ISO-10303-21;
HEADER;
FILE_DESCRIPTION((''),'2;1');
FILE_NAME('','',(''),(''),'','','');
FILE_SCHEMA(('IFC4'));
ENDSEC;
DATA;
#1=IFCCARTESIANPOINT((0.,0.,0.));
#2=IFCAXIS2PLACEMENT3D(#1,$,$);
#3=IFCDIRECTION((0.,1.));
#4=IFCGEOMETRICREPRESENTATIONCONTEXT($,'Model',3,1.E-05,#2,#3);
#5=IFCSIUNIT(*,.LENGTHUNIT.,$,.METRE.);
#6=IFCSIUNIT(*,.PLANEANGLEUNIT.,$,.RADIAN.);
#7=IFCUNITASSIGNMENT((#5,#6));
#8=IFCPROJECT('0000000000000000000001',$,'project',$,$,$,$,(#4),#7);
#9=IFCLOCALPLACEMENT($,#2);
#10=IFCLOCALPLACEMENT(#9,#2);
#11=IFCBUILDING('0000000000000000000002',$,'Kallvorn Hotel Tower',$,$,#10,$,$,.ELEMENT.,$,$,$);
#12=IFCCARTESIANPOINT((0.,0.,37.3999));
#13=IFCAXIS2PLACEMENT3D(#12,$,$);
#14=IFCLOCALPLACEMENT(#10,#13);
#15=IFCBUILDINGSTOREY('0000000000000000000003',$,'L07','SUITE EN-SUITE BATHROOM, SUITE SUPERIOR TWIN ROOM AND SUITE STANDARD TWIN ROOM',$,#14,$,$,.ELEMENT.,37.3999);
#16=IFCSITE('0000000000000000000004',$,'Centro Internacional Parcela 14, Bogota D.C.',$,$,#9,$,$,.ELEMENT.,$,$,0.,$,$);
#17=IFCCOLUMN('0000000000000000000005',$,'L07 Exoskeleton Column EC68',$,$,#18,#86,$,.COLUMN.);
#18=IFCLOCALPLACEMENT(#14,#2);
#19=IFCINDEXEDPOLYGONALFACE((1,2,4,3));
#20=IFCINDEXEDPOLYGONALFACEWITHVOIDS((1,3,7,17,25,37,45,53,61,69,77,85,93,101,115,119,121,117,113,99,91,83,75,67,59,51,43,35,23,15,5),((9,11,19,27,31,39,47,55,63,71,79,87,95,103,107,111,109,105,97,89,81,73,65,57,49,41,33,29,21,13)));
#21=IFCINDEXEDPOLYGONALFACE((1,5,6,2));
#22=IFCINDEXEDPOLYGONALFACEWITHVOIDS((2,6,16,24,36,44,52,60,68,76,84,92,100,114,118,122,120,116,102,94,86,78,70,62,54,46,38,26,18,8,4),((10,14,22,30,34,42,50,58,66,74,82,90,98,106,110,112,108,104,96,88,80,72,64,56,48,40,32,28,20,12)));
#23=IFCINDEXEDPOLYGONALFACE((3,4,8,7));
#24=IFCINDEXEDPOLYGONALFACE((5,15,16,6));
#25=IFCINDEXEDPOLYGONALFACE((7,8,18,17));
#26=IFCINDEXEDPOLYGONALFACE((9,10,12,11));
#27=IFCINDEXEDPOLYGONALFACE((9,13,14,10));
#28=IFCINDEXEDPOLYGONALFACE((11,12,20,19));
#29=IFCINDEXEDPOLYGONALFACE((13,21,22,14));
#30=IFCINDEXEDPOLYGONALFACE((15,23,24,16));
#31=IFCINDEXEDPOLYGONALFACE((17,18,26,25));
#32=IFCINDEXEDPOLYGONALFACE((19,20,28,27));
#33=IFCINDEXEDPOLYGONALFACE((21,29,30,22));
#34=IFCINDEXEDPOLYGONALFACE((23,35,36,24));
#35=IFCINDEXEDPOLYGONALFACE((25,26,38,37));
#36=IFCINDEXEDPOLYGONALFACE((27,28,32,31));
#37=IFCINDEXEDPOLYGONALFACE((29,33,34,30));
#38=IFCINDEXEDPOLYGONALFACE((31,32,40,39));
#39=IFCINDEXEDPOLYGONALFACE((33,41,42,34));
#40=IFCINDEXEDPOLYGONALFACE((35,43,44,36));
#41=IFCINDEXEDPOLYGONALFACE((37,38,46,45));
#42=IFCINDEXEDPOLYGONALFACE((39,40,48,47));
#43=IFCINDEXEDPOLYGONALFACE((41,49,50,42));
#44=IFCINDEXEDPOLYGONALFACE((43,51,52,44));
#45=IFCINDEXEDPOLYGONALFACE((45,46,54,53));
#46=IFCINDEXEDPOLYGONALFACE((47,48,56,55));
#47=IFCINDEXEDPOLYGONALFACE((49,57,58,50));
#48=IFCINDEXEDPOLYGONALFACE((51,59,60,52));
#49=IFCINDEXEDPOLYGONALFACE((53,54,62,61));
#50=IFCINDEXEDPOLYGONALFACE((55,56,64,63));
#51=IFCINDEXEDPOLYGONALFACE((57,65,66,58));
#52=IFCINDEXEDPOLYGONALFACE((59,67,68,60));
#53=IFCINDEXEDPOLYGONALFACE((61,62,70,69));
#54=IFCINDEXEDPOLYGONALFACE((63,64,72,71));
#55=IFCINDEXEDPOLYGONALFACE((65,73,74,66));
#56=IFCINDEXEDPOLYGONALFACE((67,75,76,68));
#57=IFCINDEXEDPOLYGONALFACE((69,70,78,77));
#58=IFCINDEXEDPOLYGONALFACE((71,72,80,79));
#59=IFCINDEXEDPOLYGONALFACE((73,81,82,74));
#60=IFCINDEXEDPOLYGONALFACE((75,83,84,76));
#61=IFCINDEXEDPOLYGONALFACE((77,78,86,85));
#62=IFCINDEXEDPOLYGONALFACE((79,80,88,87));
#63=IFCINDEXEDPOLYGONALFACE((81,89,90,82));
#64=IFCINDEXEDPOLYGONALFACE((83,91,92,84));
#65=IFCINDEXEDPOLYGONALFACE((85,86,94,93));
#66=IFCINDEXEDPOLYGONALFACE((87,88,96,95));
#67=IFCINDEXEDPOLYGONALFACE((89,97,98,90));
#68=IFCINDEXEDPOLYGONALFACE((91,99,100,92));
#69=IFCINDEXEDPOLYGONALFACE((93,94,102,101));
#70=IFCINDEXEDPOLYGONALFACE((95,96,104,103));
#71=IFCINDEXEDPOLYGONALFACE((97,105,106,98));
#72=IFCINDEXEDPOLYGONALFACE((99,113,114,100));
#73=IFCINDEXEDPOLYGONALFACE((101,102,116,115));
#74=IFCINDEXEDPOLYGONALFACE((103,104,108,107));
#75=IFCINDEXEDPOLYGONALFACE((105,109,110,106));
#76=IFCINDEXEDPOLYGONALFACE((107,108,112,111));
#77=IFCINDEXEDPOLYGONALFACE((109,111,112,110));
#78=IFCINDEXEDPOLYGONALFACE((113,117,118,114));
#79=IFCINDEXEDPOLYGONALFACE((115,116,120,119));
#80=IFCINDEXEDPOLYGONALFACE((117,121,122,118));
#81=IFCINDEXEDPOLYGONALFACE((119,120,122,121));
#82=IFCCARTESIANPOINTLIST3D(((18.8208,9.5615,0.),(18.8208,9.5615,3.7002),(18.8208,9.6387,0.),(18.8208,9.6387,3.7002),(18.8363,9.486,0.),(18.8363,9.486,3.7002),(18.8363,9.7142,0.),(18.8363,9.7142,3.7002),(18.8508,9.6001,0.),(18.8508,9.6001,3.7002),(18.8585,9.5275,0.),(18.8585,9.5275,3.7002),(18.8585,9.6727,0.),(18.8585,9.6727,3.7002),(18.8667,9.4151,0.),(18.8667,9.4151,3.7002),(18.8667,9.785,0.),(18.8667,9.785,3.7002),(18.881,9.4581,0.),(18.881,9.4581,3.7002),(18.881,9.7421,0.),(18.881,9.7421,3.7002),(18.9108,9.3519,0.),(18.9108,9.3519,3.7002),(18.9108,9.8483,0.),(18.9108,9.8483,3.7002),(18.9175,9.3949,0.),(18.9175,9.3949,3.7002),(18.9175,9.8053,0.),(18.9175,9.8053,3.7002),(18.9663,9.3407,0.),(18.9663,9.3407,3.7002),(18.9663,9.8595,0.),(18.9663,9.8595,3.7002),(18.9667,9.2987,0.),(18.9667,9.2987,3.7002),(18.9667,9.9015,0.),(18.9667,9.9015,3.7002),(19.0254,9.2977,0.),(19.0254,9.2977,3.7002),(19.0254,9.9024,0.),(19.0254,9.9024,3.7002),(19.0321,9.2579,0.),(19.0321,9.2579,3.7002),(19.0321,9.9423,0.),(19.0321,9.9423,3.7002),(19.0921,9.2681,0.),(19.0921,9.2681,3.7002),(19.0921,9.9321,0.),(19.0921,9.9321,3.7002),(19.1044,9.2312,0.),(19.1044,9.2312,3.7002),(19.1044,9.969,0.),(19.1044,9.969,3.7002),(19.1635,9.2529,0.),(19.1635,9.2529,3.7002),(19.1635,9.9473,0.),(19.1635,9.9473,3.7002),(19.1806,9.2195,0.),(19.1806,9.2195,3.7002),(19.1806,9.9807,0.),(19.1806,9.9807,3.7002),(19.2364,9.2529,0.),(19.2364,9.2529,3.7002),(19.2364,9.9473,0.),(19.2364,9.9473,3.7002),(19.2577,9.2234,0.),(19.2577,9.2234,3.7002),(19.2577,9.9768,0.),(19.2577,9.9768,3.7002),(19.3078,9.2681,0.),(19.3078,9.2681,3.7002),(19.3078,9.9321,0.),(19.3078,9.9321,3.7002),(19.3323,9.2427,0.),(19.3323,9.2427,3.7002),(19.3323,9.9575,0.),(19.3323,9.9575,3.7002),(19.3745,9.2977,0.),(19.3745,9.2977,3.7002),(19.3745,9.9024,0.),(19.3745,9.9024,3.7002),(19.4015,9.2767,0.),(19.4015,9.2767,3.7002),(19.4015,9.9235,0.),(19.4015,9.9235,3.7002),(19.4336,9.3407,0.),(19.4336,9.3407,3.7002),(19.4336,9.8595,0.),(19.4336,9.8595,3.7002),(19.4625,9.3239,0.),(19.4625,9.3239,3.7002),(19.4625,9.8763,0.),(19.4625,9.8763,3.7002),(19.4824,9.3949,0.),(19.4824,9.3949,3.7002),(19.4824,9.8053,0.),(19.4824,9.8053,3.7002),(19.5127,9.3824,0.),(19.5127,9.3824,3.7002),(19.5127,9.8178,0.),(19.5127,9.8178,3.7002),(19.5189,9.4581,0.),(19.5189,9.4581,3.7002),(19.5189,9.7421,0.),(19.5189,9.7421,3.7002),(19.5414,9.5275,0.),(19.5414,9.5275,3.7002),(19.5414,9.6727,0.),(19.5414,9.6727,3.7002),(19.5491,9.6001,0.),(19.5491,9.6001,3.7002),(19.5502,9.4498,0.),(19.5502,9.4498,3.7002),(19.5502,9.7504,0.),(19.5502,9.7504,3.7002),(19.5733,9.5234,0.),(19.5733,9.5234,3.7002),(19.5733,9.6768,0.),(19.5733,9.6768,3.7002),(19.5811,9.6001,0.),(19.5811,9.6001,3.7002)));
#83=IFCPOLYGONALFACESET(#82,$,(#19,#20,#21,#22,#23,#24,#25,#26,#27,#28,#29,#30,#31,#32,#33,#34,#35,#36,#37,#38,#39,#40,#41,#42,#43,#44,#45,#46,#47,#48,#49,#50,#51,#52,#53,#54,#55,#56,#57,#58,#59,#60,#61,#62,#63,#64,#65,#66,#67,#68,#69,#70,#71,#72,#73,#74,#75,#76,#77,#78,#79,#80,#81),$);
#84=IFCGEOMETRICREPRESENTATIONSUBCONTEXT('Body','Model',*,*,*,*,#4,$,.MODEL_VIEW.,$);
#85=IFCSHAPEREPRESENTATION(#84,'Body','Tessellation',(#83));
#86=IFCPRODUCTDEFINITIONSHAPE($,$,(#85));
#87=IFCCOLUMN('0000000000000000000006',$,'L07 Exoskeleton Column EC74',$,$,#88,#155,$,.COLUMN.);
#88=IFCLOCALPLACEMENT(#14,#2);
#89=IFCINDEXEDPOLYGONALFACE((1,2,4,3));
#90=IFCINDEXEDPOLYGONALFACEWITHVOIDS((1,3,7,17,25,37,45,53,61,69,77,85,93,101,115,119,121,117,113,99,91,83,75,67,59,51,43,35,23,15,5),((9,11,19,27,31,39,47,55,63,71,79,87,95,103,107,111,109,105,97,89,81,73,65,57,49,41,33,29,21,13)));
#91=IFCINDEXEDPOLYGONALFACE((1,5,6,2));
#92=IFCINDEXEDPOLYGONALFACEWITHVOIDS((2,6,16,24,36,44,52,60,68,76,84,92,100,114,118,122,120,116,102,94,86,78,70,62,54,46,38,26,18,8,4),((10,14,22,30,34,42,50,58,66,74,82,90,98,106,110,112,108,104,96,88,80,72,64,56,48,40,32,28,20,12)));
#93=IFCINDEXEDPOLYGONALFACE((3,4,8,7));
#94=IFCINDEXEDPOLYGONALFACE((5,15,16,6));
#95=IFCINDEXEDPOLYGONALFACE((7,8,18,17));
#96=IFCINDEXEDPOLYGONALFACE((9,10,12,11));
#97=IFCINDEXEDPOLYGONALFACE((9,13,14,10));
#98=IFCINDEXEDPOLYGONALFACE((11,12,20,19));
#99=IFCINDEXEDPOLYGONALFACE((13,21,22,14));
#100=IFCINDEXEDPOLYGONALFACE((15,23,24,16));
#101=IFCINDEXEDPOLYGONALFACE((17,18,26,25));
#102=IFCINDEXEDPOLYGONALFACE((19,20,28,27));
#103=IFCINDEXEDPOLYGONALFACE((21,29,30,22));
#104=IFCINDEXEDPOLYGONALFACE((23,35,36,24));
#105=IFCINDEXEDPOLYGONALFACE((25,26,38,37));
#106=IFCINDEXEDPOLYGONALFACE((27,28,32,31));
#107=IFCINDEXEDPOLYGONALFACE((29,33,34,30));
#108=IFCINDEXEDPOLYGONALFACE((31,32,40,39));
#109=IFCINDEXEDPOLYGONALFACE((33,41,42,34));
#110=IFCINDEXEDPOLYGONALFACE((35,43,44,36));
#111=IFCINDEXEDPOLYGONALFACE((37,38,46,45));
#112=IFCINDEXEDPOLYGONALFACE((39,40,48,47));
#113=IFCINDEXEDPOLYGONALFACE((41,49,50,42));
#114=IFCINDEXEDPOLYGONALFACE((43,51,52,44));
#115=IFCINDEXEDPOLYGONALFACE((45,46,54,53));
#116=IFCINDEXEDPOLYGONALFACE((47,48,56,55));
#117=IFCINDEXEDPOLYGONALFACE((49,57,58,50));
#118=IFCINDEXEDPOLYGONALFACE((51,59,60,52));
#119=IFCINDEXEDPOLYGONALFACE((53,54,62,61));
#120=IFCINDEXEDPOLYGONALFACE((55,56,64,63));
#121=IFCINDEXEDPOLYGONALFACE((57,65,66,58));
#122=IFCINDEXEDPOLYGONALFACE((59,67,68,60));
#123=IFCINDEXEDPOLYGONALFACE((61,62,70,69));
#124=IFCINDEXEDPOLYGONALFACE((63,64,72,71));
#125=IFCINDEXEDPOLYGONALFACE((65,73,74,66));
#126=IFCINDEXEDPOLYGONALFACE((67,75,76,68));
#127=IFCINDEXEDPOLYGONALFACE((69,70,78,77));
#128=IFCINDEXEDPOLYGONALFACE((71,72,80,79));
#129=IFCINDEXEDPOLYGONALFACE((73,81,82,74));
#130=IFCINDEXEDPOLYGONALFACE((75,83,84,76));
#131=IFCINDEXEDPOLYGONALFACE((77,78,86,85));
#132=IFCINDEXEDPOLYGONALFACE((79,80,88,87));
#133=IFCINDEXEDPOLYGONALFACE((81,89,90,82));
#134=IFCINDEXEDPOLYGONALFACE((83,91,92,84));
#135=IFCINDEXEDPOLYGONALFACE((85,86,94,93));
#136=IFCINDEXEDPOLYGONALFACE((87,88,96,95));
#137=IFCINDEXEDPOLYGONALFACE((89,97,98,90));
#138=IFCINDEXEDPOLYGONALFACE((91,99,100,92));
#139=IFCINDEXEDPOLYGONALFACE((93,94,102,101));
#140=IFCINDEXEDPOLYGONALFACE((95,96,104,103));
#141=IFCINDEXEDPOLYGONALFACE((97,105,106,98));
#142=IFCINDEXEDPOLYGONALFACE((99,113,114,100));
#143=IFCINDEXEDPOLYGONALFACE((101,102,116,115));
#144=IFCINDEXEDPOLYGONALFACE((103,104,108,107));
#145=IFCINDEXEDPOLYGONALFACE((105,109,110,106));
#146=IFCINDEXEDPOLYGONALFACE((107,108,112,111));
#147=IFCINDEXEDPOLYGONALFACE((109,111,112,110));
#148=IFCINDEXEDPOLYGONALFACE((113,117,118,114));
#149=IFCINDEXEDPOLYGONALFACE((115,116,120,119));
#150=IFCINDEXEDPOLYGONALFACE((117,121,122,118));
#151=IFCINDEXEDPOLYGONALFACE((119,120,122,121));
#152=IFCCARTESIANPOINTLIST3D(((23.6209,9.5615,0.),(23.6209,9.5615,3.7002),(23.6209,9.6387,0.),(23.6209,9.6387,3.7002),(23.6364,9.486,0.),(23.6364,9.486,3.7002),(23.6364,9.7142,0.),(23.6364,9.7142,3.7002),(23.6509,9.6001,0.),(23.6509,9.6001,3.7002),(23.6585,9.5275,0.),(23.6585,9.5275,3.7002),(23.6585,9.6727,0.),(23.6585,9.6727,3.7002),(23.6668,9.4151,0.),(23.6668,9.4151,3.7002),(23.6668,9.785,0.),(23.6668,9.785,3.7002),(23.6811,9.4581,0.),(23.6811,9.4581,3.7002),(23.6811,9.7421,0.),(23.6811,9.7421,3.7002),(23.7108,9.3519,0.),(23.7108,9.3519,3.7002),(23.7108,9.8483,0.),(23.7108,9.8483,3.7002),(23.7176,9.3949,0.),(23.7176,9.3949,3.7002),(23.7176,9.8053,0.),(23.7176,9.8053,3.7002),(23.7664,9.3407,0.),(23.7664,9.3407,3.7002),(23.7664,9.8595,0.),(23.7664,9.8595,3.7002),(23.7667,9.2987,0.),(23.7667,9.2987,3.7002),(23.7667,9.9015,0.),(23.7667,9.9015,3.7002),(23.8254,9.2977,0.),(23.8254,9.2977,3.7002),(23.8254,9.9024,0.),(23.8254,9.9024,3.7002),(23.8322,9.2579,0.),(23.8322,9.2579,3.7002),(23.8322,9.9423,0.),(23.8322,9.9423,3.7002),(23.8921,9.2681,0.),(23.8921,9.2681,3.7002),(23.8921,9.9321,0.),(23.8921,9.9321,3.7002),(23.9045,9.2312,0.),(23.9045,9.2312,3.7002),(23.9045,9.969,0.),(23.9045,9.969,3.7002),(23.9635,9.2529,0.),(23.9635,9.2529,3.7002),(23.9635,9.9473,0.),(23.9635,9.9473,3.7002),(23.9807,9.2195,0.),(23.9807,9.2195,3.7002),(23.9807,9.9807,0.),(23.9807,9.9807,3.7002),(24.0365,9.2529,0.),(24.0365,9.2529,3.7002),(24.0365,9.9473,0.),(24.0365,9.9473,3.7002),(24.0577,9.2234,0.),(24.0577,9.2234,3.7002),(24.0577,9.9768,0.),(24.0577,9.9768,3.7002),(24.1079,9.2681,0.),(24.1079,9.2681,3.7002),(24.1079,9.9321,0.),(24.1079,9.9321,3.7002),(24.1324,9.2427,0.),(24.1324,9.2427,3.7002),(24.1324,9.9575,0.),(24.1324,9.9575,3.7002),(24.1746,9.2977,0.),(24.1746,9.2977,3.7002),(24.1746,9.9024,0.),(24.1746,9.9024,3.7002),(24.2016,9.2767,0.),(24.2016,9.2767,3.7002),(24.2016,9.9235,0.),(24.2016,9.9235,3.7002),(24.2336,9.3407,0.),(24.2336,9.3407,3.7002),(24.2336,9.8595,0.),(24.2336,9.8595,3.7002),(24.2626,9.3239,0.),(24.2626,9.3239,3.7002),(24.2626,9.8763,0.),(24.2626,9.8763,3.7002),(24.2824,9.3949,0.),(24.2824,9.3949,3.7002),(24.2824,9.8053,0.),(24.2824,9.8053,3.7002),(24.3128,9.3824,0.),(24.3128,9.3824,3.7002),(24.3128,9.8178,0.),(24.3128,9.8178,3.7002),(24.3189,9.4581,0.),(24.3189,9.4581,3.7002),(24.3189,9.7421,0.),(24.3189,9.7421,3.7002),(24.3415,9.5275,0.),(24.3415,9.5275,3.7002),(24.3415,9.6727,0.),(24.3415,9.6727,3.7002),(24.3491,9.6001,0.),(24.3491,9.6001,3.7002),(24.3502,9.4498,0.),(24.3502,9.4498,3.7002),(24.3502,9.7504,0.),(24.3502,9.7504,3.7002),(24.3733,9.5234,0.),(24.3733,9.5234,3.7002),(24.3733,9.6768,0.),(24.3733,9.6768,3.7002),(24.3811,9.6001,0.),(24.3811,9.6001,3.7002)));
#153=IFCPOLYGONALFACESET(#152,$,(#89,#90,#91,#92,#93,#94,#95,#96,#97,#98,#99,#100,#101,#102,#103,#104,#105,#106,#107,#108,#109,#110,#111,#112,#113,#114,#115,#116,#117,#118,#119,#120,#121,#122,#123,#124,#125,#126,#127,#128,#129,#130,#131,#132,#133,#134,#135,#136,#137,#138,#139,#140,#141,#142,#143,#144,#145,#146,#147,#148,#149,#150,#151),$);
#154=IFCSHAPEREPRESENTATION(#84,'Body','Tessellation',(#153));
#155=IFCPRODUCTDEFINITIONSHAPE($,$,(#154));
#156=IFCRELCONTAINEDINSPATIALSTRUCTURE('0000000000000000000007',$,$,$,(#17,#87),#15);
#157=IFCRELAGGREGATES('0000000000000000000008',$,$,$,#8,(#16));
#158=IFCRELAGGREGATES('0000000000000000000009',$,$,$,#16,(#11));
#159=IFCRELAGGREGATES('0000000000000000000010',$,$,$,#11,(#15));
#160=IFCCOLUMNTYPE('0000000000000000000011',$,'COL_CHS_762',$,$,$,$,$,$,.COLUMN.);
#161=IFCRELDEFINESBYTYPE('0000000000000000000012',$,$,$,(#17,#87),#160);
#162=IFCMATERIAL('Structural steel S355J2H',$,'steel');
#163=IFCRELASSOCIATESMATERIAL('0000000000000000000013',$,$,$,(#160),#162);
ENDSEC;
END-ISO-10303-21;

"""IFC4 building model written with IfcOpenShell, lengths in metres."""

from ifc_helpers import new_model, si_unit, direction, frame, origin, origin_2d, place, context, subcontext, project, spatial, hollow_circle, extrude, material, material_profile, profile_set, type_object, element, save


model = new_model("IFC4")

# Units and contexts
model_context = context("Model", 3, precision=1e-05, world=origin(), true_north=direction((0.0, 1.0)))
body_context = subcontext(model_context, "Body", "Model", "MODEL_VIEW")
ifc_project = project(units=[si_unit("LENGTHUNIT", "METRE"), si_unit("PLANEANGLEUNIT", "RADIAN")], contexts=[model_context])

# Site, building, storey
site_placement = place(None, origin())
site = spatial("IfcSite", under=ifc_project, at=site_placement, Name="Centro Internacional Parcela 14, Bogota D.C.", CompositionType="ELEMENT", RefElevation=0.0)
building_placement = place(site_placement, origin())
building = spatial("IfcBuilding", under=site, at=building_placement, Name="Kallvorn Hotel Tower", CompositionType="ELEMENT")
storey_placement = place(building_placement, frame((0.0, 0.0, 37.3999)))
storey = spatial("IfcBuildingStorey", under=building, at=storey_placement, Name="L07", Description="SUITE EN-SUITE BATHROOM, SUITE SUPERIOR TWIN ROOM AND SUITE STANDARD TWIN ROOM", CompositionType="ELEMENT", Elevation=37.3999)

# Columns
ifc_material_1 = material(Name="Structural steel S355J2H", Category="steel")
ifc_material_profile_1 = material_profile(ifc_material_1, hollow_circle(Radius=0.3811, WallThickness=0.032, at=origin_2d()), Name="CHS 762x32")
ifc_profile_set_1 = profile_set([ifc_material_profile_1], Name="Structural steel S355J2H")
column_type_1 = type_object("IfcColumnType", Name="COL_CHS_762", PredefinedType="COLUMN", material=ifc_profile_set_1)
for number, where, z_axis, x_axis, name in (
    (1, (19.2, 9.6001, 0.0), (0.0, 0.0, 1.0), (1.0, 0.0, 0.0), "L07 Exoskeleton Column EC68"),
    (2, (24.0, 9.6001, 0.0), (0.0, 0.0, 1.0), (1.0, 0.0, 0.0), "L07 Exoskeleton Column EC74"),
):
    element("IfcColumn", number, at=place(storey_placement, frame(where, z_axis=z_axis, x_axis=x_axis)), inside=storey, type_object=column_type_1, Name=name, PredefinedType="COLUMN", context=body_context, shape_type="SweptSolid", body=[
        extrude(hollow_circle(Radius=0.3811, WallThickness=0.032, at=origin_2d()), origin(), (0.0, 0.0, 1.0), 3.7002),
    ])

save(model, "model.ifc")
